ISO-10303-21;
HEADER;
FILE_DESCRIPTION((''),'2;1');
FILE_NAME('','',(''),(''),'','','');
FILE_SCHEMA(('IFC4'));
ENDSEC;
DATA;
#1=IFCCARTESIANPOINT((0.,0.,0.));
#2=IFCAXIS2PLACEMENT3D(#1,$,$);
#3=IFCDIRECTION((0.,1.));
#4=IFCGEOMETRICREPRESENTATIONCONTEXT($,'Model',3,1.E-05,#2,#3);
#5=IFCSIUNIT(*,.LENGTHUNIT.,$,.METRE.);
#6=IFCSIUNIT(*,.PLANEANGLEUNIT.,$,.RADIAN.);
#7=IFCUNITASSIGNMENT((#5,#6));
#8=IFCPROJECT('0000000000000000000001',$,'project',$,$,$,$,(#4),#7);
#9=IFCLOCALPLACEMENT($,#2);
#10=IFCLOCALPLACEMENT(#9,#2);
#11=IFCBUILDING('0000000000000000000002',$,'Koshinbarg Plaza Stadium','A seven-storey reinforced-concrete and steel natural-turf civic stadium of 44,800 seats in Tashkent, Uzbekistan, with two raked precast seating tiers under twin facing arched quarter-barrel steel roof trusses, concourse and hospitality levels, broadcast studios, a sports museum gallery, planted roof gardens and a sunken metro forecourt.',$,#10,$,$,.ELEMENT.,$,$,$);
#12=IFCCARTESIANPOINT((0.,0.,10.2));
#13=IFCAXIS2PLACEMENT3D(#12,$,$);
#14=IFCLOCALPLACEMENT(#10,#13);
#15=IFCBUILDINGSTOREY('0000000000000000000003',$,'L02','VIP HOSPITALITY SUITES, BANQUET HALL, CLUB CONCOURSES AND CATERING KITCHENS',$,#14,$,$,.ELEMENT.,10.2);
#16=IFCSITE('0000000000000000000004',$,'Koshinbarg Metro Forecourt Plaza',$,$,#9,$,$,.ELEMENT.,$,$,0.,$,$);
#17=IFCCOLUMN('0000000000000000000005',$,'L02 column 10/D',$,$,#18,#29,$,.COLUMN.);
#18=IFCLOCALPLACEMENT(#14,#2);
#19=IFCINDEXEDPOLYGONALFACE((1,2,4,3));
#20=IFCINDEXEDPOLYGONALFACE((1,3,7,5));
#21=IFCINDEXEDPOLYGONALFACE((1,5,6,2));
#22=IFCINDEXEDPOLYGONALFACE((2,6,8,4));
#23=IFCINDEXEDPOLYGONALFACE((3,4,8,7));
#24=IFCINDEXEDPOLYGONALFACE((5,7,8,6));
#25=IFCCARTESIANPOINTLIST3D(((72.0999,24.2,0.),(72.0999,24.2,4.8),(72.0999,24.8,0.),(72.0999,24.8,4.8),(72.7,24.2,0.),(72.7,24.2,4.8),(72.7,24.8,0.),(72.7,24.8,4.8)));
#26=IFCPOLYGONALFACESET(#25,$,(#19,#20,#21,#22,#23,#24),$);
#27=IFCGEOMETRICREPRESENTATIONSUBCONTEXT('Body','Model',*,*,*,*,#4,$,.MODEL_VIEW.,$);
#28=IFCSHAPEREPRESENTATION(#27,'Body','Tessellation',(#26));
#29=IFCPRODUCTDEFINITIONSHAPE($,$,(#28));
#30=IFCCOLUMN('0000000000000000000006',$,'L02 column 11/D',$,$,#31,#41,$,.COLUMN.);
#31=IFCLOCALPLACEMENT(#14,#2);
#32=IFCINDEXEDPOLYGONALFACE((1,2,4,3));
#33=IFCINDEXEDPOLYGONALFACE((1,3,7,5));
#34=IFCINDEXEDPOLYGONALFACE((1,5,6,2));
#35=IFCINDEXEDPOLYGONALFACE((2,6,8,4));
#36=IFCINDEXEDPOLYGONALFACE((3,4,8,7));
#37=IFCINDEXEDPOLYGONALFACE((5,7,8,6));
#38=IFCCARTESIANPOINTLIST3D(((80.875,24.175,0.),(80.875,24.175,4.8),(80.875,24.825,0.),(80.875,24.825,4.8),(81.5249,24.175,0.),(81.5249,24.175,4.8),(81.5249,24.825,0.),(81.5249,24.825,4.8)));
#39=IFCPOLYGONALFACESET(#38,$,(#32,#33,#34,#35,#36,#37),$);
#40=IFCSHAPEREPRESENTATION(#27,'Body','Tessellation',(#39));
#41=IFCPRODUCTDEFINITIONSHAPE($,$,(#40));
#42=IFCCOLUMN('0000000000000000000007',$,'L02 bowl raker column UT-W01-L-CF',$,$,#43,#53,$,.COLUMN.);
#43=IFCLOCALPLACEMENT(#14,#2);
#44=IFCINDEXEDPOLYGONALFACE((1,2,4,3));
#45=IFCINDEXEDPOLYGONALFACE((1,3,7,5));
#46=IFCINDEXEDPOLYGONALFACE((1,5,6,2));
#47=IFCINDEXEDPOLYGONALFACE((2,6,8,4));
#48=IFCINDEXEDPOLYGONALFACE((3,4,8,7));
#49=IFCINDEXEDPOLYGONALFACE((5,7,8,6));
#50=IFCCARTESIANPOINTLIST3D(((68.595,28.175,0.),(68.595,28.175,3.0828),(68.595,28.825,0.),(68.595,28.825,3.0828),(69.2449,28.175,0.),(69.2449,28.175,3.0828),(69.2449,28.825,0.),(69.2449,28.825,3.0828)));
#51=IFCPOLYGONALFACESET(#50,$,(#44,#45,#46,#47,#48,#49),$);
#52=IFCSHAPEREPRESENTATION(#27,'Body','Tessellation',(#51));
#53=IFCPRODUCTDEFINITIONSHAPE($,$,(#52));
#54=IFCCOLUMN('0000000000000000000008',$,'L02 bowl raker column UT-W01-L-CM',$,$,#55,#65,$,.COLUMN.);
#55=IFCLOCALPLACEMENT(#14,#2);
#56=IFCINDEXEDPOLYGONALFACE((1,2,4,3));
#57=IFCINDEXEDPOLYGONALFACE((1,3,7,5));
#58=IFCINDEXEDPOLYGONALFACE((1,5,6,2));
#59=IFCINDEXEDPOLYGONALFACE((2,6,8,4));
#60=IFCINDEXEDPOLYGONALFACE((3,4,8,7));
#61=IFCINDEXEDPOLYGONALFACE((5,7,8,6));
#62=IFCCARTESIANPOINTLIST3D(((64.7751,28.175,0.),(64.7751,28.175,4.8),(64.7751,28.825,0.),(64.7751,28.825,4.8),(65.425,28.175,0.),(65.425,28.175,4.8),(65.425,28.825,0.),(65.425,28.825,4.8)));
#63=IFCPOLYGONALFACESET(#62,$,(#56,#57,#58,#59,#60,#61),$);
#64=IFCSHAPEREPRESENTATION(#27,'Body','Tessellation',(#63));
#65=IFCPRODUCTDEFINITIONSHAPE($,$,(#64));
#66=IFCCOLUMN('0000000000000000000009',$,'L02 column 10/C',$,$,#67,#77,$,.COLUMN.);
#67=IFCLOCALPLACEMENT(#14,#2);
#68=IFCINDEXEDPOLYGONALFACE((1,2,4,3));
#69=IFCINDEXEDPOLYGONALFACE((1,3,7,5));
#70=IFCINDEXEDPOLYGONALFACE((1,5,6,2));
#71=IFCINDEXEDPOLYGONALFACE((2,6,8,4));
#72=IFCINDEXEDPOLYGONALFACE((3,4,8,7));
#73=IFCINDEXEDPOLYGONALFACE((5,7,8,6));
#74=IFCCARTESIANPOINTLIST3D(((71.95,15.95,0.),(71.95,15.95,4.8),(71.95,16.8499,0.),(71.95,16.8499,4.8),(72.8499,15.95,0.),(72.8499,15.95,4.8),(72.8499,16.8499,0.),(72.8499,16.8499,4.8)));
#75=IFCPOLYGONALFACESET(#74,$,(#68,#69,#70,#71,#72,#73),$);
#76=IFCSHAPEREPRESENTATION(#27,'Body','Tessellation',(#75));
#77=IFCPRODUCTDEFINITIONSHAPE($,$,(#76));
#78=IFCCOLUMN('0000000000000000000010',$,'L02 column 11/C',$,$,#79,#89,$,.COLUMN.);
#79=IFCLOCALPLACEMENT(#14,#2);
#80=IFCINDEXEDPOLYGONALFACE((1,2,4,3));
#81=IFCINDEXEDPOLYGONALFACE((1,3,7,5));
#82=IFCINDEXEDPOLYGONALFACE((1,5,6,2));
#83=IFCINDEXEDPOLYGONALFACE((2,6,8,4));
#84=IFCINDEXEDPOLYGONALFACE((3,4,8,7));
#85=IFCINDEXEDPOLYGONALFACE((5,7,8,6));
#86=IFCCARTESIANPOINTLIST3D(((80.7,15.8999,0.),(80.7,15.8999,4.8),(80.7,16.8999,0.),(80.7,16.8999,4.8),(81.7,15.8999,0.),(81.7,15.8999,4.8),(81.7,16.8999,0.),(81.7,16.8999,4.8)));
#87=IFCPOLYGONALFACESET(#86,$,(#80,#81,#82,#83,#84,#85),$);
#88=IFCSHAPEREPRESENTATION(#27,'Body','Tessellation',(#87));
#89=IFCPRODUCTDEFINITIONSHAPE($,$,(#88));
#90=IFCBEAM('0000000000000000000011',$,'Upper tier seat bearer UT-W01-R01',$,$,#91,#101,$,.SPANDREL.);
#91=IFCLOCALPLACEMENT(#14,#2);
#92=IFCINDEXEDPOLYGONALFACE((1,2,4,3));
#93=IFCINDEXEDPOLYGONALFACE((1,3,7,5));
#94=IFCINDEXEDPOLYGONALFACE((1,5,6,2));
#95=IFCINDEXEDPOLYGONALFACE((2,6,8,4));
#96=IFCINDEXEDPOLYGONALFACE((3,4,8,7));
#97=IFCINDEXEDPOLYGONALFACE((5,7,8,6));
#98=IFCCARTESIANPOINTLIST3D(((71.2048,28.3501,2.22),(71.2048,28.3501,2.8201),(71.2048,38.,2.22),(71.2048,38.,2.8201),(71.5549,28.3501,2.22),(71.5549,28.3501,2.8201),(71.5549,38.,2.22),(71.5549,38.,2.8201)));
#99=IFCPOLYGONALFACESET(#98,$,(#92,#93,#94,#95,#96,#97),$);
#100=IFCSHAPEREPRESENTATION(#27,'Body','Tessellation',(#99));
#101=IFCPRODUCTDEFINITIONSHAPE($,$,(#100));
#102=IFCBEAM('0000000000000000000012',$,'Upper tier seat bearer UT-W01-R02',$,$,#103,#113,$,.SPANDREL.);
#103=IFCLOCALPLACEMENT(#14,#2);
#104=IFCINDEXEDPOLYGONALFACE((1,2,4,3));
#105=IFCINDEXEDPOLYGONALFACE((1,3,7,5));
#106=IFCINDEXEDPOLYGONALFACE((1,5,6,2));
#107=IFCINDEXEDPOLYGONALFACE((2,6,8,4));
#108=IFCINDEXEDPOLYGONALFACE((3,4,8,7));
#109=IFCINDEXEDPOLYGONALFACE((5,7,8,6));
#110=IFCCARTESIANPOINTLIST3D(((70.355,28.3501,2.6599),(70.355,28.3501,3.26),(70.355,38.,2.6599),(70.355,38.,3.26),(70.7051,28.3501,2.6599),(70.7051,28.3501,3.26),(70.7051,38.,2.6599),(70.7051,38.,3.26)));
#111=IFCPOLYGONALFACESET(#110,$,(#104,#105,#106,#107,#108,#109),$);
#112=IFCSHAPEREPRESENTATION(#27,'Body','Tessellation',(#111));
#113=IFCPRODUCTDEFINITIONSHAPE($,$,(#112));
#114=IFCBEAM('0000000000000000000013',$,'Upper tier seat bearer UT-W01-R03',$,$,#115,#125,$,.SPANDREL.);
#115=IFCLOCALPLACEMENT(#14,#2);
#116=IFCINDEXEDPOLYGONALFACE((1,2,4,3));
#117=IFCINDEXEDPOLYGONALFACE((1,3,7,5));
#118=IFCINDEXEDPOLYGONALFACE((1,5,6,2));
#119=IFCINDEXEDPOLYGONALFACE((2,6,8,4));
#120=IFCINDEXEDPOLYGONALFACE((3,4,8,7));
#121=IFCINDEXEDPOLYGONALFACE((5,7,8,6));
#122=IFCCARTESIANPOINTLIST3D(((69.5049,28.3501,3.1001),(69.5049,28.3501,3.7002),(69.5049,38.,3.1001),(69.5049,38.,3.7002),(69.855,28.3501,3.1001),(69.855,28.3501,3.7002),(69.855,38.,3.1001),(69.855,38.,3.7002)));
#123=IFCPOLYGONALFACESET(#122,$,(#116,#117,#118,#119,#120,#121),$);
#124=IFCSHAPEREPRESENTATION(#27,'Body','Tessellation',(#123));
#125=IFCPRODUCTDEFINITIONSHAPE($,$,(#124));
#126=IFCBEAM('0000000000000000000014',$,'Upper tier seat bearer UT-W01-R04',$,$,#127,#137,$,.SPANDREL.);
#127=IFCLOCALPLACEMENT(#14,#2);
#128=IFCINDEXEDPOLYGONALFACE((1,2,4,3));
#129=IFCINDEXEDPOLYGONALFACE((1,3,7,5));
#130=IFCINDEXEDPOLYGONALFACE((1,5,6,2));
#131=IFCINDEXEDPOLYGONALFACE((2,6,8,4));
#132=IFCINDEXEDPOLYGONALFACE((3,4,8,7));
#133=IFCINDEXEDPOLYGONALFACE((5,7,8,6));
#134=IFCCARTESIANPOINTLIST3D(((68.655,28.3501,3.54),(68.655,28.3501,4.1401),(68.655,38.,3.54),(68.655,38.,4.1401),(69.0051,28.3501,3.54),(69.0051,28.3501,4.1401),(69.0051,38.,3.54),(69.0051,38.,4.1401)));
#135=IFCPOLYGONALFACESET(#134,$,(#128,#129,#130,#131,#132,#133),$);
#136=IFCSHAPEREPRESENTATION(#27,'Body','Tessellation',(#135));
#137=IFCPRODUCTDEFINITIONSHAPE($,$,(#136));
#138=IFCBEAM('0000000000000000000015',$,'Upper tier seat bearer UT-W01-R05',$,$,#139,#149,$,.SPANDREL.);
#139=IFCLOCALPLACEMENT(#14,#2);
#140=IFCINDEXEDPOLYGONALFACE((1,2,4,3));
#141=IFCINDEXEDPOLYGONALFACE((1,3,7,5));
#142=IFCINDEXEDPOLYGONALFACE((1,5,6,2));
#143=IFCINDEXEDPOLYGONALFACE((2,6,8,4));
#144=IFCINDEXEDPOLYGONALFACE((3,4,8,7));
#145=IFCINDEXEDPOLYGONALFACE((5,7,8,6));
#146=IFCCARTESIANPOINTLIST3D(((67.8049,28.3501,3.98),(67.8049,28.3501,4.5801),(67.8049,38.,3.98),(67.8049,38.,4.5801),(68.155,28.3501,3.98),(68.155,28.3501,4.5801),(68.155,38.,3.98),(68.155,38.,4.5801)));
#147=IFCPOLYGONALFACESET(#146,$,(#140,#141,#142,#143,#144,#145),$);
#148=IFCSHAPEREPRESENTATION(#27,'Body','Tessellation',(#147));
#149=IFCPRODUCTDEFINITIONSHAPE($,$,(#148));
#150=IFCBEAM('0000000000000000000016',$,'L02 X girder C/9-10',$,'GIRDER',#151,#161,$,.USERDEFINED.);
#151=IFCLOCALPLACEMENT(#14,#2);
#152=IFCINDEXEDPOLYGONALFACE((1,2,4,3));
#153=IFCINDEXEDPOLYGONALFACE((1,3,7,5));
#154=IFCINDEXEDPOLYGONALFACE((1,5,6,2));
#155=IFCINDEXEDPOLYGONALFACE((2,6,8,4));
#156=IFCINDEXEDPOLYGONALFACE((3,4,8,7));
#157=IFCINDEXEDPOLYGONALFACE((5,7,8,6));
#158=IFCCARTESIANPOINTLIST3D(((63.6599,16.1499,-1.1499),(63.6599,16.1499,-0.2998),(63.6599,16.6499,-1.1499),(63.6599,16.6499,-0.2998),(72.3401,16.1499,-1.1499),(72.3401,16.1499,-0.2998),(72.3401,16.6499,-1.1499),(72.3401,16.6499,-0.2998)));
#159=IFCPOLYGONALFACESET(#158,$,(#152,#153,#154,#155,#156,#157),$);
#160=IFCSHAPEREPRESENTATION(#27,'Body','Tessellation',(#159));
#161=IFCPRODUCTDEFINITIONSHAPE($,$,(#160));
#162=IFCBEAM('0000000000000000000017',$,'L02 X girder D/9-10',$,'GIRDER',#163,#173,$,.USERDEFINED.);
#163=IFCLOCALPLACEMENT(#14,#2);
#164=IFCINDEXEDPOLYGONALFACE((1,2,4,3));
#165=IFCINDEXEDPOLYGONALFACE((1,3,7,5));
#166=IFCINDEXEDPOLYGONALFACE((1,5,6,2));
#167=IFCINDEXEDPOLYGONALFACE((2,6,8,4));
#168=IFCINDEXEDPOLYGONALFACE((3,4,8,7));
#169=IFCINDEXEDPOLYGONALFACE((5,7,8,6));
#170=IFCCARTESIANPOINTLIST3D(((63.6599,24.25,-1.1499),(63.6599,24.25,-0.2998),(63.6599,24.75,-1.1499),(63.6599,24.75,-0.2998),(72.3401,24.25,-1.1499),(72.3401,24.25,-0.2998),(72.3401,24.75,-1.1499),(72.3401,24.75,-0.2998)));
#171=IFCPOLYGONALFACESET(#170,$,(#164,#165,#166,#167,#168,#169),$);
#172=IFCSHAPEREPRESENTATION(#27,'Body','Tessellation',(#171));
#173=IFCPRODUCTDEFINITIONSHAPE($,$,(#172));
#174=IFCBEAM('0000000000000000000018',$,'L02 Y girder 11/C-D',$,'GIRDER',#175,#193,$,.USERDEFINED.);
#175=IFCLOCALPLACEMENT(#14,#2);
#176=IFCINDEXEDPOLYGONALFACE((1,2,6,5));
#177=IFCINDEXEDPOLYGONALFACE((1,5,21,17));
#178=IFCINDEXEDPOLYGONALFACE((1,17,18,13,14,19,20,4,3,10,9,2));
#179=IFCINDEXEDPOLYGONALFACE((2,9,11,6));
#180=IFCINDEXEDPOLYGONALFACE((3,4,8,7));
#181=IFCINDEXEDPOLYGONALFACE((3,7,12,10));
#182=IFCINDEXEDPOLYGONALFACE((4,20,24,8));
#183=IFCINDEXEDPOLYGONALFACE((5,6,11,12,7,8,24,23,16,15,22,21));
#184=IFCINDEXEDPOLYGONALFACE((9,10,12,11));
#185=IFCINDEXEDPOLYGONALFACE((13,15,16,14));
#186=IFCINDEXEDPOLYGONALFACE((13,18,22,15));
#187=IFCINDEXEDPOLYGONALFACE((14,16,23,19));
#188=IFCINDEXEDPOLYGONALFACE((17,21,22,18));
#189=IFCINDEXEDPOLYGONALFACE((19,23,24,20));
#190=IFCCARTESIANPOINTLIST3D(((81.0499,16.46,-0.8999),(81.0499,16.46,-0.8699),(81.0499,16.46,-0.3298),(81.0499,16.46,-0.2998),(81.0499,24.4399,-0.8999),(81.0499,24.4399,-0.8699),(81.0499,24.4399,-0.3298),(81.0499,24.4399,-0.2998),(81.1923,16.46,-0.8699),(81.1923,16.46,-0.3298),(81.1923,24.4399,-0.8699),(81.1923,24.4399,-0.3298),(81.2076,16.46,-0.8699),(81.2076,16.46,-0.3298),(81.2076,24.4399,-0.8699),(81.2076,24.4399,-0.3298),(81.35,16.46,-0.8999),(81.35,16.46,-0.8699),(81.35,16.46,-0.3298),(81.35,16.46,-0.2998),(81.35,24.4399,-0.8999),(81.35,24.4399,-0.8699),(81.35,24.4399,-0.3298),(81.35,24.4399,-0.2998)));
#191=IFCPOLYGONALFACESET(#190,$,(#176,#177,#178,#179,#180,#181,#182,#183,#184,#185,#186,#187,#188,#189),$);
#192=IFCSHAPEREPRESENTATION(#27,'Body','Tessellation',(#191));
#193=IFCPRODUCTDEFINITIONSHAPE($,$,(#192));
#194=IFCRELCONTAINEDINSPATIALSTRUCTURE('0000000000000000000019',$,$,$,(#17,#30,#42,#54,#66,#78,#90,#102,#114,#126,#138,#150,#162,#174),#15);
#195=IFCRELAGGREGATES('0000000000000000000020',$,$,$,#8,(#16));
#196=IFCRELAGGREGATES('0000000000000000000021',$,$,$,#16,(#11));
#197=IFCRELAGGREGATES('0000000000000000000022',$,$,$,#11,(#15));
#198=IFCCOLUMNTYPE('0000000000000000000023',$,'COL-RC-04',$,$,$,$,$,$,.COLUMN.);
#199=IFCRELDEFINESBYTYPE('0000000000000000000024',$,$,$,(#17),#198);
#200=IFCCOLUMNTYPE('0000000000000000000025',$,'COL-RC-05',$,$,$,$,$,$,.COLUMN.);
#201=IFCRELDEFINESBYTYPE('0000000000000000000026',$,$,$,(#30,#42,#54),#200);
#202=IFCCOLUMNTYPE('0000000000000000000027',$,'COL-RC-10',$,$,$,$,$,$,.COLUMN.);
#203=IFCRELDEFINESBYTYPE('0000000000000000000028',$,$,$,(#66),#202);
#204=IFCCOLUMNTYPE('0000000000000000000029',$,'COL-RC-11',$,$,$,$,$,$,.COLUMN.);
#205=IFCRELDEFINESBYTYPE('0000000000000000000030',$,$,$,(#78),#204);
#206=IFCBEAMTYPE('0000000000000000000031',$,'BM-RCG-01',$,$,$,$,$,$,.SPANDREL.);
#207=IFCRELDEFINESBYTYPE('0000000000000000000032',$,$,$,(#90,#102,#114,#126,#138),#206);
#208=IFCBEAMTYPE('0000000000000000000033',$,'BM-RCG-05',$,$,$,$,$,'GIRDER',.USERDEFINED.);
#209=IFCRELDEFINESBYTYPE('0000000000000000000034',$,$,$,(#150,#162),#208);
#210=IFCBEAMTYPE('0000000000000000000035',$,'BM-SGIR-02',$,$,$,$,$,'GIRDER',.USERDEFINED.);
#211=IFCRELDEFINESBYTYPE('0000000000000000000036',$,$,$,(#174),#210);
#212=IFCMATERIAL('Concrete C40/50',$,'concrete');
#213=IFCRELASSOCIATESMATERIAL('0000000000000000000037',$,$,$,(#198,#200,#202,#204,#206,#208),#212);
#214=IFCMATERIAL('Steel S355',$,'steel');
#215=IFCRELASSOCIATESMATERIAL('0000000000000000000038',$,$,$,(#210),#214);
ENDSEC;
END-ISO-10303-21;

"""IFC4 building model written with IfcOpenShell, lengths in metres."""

from ifc_helpers import new_model, si_unit, direction, frame, origin, origin_2d, place, context, subcontext, project, spatial, rectangle, i_section, extrude, material, material_profile, profile_set, type_object, element, save


model = new_model("IFC4")

# Units and contexts
model_context = context("Model", 3, precision=1e-05, world=origin(), true_north=direction((0.0, 1.0)))
body_context = subcontext(model_context, "Body", "Model", "MODEL_VIEW")
ifc_project = project(units=[si_unit("LENGTHUNIT", "METRE"), si_unit("PLANEANGLEUNIT", "RADIAN")], contexts=[model_context])

# Site, building, storey
site_placement = place(None, origin())
site = spatial("IfcSite", under=ifc_project, at=site_placement, Name="Koshinbarg Metro Forecourt Plaza", CompositionType="ELEMENT", RefElevation=0.0)
building_placement = place(site_placement, origin())
building = spatial("IfcBuilding", under=site, at=building_placement, Name="Koshinbarg Plaza Stadium", Description="A seven-storey reinforced-concrete and steel natural-turf civic stadium of 44,800 seats in Tashkent, Uzbekistan, with two raked precast seating tiers under twin facing arched quarter-barrel steel roof trusses, concourse and hospitality levels, broadcast studios, a sports museum gallery, planted roof gardens and a sunken metro forecourt.", CompositionType="ELEMENT")
storey_placement = place(building_placement, frame((0.0, 0.0, 10.2)))
storey = spatial("IfcBuildingStorey", under=building, at=storey_placement, Name="L02", Description="VIP HOSPITALITY SUITES, BANQUET HALL, CLUB CONCOURSES AND CATERING KITCHENS", CompositionType="ELEMENT", Elevation=10.2)

# Columns
ifc_material_1 = material(Name="Concrete C40/50", Category="concrete")
ifc_material_profile_1 = material_profile(ifc_material_1, rectangle(XDim=0.6001, YDim=0.6001, at=origin_2d()), Name="RC 600x600")
ifc_profile_set_1 = profile_set([ifc_material_profile_1], Name="Concrete C40/50")
column_type_1 = type_object("IfcColumnType", Name="COL-RC-04", PredefinedType="COLUMN", material=ifc_profile_set_1)
column_1_placement = place(storey_placement, frame((72.3999, 24.5, 0.0), z_axis=(0.0, 0.0, 1.0), x_axis=(1.0, 0.0, 0.0)))
element("IfcColumn", 1, at=column_1_placement, inside=storey, type_object=column_type_1, Name="L02 column 10/D", PredefinedType="COLUMN", context=body_context, shape_type="SweptSolid", body=[
    extrude(rectangle(XDim=0.6001, YDim=0.6001, at=origin_2d()), origin(), (0.0, 0.0, 1.0), 4.8),
])
ifc_material_profile_2 = material_profile(ifc_material_1, rectangle(XDim=0.6499, YDim=0.6499, at=origin_2d()), Name="RC 650x650")
ifc_profile_set_2 = profile_set([ifc_material_profile_2], Name="Concrete C40/50")
column_type_2 = type_object("IfcColumnType", Name="COL-RC-05", PredefinedType="COLUMN", material=ifc_profile_set_2)
column_2_placement = place(storey_placement, frame((81.2, 24.5, 0.0), z_axis=(0.0, 0.0, 1.0), x_axis=(1.0, 0.0, 0.0)))
element("IfcColumn", 2, at=column_2_placement, inside=storey, type_object=column_type_2, Name="L02 column 11/D", PredefinedType="COLUMN", context=body_context, shape_type="SweptSolid", body=[
    extrude(rectangle(XDim=0.6499, YDim=0.6499, at=origin_2d()), origin(), (0.0, 0.0, 1.0), 4.8),
])
column_3_placement = place(storey_placement, frame((68.9199, 28.5, 0.0), z_axis=(0.0, 0.0, 1.0), x_axis=(1.0, 0.0, 0.0)))
element("IfcColumn", 3, at=column_3_placement, inside=storey, type_object=column_type_2, Name="L02 bowl raker column UT-W01-L-CF", PredefinedType="COLUMN", context=body_context, shape_type="SweptSolid", body=[
    extrude(rectangle(XDim=0.6499, YDim=0.6499, at=origin_2d()), origin(), (0.0, 0.0, 1.0), 3.0828),
])
column_4_placement = place(storey_placement, frame((65.1001, 28.5, 0.0), z_axis=(0.0, 0.0, 1.0), x_axis=(1.0, 0.0, 0.0)))
element("IfcColumn", 4, at=column_4_placement, inside=storey, type_object=column_type_2, Name="L02 bowl raker column UT-W01-L-CM", PredefinedType="COLUMN", context=body_context, shape_type="SweptSolid", body=[
    extrude(rectangle(XDim=0.6499, YDim=0.6499, at=origin_2d()), origin(), (0.0, 0.0, 1.0), 4.8),
])
ifc_material_profile_3 = material_profile(ifc_material_1, rectangle(XDim=0.8999, YDim=0.8999, at=origin_2d()), Name="RC 900x900")
ifc_profile_set_3 = profile_set([ifc_material_profile_3], Name="Concrete C40/50")
column_type_3 = type_object("IfcColumnType", Name="COL-RC-10", PredefinedType="COLUMN", material=ifc_profile_set_3)
column_5_placement = place(storey_placement, frame((72.3999, 16.3999, 0.0), z_axis=(0.0, 0.0, 1.0), x_axis=(1.0, 0.0, 0.0)))
element("IfcColumn", 5, at=column_5_placement, inside=storey, type_object=column_type_3, Name="L02 column 10/C", PredefinedType="COLUMN", context=body_context, shape_type="SweptSolid", body=[
    extrude(rectangle(XDim=0.8999, YDim=0.8999, at=origin_2d()), origin(), (0.0, 0.0, 1.0), 4.8),
])
ifc_material_profile_4 = material_profile(ifc_material_1, rectangle(XDim=1.0, YDim=1.0, at=origin_2d()), Name="RC 1000x1000")
ifc_profile_set_4 = profile_set([ifc_material_profile_4], Name="Concrete C40/50")
column_type_4 = type_object("IfcColumnType", Name="COL-RC-11", PredefinedType="COLUMN", material=ifc_profile_set_4)
column_6_placement = place(storey_placement, frame((81.2, 16.3999, 0.0), z_axis=(0.0, 0.0, 1.0), x_axis=(1.0, 0.0, 0.0)))
element("IfcColumn", 6, at=column_6_placement, inside=storey, type_object=column_type_4, Name="L02 column 11/C", PredefinedType="COLUMN", context=body_context, shape_type="SweptSolid", body=[
    extrude(rectangle(XDim=1.0, YDim=1.0, at=origin_2d()), origin(), (0.0, 0.0, 1.0), 4.8),
])

# Beams
ifc_material_profile_5 = material_profile(ifc_material_1, rectangle(XDim=0.3501, YDim=0.6001, at=origin_2d()), Name="RC 350x600")
ifc_profile_set_5 = profile_set([ifc_material_profile_5], Name="Concrete C40/50")
beam_type_1 = type_object("IfcBeamType", Name="BM-RCG-01", PredefinedType="SPANDREL", material=ifc_profile_set_5)
for number, where, z_axis, x_axis, name in (
    (7, (71.3799, 28.3501, 2.52), (0.0, 1.0, 0.0), (-1.0, 0.0, 0.0), "Upper tier seat bearer UT-W01-R01"),
    (8, (70.53, 28.3501, 2.96), (0.0, 1.0, 0.0), (-1.0, 0.0, 0.0), "Upper tier seat bearer UT-W01-R02"),
    (9, (69.6799, 28.3501, 3.4001), (0.0, 1.0, 0.0), (-1.0, 0.0, 0.0), "Upper tier seat bearer UT-W01-R03"),
    (10, (68.8301, 28.3501, 3.8401), (0.0, 1.0, 0.0), (-1.0, 0.0, 0.0), "Upper tier seat bearer UT-W01-R04"),
    (11, (67.98, 28.3501, 4.28), (0.0, 1.0, 0.0), (-1.0, 0.0, 0.0), "Upper tier seat bearer UT-W01-R05"),
):
    element("IfcBeam", number, at=place(storey_placement, frame(where, z_axis=z_axis, x_axis=x_axis)), inside=storey, type_object=beam_type_1, Name=name, PredefinedType="SPANDREL", context=body_context, shape_type="SweptSolid", body=[
        extrude(rectangle(XDim=0.3501, YDim=0.6001, at=origin_2d()), origin(), (0.0, 0.0, 1.0), 9.6499),
    ])
ifc_material_profile_6 = material_profile(ifc_material_1, rectangle(XDim=0.5, YDim=0.8501, at=origin_2d()), Name="RC 500x850")
ifc_profile_set_6 = profile_set([ifc_material_profile_6], Name="Concrete C40/50")
beam_type_2 = type_object("IfcBeamType", Name="BM-RCG-05", ElementType="GIRDER", PredefinedType="USERDEFINED", material=ifc_profile_set_6)
for number, where, z_axis, x_axis, name in (
    (12, (63.6599, 16.3999, -0.7249), (1.0, 0.0, 0.0), (0.0, 1.0, 0.0), "L02 X girder C/9-10"),
    (13, (63.6599, 24.5, -0.7249), (1.0, 0.0, 0.0), (0.0, 1.0, 0.0), "L02 X girder D/9-10"),
):
    element("IfcBeam", number, at=place(storey_placement, frame(where, z_axis=z_axis, x_axis=x_axis)), inside=storey, type_object=beam_type_2, Name=name, ObjectType="GIRDER", PredefinedType="USERDEFINED", context=body_context, shape_type="SweptSolid", body=[
        extrude(rectangle(XDim=0.5, YDim=0.8501, at=origin_2d()), origin(), (0.0, 0.0, 1.0), 8.6802),
    ])
ifc_material_2 = material(Name="Steel S355", Category="steel")
ifc_material_profile_7 = material_profile(ifc_material_2, i_section(OverallWidth=0.3, OverallDepth=0.6001, WebThickness=0.0154, FlangeThickness=0.03, at=origin_2d()), Name="HEB 600")
ifc_profile_set_7 = profile_set([ifc_material_profile_7], Name="Steel S355")
beam_type_3 = type_object("IfcBeamType", Name="BM-SGIR-02", ElementType="GIRDER", PredefinedType="USERDEFINED", material=ifc_profile_set_7)
beam_1_placement = place(storey_placement, frame((81.2, 16.46, -0.5999), z_axis=(0.0, 1.0, 0.0), x_axis=(-1.0, 0.0, 0.0)))
element("IfcBeam", 14, at=beam_1_placement, inside=storey, type_object=beam_type_3, Name="L02 Y girder 11/C-D", ObjectType="GIRDER", PredefinedType="USERDEFINED", context=body_context, shape_type="SweptSolid", body=[
    extrude(i_section(OverallWidth=0.3, OverallDepth=0.6001, WebThickness=0.0154, FlangeThickness=0.03, at=origin_2d()), origin(), (0.0, 0.0, 1.0), 7.98),
])

save(model, "model.ifc")
